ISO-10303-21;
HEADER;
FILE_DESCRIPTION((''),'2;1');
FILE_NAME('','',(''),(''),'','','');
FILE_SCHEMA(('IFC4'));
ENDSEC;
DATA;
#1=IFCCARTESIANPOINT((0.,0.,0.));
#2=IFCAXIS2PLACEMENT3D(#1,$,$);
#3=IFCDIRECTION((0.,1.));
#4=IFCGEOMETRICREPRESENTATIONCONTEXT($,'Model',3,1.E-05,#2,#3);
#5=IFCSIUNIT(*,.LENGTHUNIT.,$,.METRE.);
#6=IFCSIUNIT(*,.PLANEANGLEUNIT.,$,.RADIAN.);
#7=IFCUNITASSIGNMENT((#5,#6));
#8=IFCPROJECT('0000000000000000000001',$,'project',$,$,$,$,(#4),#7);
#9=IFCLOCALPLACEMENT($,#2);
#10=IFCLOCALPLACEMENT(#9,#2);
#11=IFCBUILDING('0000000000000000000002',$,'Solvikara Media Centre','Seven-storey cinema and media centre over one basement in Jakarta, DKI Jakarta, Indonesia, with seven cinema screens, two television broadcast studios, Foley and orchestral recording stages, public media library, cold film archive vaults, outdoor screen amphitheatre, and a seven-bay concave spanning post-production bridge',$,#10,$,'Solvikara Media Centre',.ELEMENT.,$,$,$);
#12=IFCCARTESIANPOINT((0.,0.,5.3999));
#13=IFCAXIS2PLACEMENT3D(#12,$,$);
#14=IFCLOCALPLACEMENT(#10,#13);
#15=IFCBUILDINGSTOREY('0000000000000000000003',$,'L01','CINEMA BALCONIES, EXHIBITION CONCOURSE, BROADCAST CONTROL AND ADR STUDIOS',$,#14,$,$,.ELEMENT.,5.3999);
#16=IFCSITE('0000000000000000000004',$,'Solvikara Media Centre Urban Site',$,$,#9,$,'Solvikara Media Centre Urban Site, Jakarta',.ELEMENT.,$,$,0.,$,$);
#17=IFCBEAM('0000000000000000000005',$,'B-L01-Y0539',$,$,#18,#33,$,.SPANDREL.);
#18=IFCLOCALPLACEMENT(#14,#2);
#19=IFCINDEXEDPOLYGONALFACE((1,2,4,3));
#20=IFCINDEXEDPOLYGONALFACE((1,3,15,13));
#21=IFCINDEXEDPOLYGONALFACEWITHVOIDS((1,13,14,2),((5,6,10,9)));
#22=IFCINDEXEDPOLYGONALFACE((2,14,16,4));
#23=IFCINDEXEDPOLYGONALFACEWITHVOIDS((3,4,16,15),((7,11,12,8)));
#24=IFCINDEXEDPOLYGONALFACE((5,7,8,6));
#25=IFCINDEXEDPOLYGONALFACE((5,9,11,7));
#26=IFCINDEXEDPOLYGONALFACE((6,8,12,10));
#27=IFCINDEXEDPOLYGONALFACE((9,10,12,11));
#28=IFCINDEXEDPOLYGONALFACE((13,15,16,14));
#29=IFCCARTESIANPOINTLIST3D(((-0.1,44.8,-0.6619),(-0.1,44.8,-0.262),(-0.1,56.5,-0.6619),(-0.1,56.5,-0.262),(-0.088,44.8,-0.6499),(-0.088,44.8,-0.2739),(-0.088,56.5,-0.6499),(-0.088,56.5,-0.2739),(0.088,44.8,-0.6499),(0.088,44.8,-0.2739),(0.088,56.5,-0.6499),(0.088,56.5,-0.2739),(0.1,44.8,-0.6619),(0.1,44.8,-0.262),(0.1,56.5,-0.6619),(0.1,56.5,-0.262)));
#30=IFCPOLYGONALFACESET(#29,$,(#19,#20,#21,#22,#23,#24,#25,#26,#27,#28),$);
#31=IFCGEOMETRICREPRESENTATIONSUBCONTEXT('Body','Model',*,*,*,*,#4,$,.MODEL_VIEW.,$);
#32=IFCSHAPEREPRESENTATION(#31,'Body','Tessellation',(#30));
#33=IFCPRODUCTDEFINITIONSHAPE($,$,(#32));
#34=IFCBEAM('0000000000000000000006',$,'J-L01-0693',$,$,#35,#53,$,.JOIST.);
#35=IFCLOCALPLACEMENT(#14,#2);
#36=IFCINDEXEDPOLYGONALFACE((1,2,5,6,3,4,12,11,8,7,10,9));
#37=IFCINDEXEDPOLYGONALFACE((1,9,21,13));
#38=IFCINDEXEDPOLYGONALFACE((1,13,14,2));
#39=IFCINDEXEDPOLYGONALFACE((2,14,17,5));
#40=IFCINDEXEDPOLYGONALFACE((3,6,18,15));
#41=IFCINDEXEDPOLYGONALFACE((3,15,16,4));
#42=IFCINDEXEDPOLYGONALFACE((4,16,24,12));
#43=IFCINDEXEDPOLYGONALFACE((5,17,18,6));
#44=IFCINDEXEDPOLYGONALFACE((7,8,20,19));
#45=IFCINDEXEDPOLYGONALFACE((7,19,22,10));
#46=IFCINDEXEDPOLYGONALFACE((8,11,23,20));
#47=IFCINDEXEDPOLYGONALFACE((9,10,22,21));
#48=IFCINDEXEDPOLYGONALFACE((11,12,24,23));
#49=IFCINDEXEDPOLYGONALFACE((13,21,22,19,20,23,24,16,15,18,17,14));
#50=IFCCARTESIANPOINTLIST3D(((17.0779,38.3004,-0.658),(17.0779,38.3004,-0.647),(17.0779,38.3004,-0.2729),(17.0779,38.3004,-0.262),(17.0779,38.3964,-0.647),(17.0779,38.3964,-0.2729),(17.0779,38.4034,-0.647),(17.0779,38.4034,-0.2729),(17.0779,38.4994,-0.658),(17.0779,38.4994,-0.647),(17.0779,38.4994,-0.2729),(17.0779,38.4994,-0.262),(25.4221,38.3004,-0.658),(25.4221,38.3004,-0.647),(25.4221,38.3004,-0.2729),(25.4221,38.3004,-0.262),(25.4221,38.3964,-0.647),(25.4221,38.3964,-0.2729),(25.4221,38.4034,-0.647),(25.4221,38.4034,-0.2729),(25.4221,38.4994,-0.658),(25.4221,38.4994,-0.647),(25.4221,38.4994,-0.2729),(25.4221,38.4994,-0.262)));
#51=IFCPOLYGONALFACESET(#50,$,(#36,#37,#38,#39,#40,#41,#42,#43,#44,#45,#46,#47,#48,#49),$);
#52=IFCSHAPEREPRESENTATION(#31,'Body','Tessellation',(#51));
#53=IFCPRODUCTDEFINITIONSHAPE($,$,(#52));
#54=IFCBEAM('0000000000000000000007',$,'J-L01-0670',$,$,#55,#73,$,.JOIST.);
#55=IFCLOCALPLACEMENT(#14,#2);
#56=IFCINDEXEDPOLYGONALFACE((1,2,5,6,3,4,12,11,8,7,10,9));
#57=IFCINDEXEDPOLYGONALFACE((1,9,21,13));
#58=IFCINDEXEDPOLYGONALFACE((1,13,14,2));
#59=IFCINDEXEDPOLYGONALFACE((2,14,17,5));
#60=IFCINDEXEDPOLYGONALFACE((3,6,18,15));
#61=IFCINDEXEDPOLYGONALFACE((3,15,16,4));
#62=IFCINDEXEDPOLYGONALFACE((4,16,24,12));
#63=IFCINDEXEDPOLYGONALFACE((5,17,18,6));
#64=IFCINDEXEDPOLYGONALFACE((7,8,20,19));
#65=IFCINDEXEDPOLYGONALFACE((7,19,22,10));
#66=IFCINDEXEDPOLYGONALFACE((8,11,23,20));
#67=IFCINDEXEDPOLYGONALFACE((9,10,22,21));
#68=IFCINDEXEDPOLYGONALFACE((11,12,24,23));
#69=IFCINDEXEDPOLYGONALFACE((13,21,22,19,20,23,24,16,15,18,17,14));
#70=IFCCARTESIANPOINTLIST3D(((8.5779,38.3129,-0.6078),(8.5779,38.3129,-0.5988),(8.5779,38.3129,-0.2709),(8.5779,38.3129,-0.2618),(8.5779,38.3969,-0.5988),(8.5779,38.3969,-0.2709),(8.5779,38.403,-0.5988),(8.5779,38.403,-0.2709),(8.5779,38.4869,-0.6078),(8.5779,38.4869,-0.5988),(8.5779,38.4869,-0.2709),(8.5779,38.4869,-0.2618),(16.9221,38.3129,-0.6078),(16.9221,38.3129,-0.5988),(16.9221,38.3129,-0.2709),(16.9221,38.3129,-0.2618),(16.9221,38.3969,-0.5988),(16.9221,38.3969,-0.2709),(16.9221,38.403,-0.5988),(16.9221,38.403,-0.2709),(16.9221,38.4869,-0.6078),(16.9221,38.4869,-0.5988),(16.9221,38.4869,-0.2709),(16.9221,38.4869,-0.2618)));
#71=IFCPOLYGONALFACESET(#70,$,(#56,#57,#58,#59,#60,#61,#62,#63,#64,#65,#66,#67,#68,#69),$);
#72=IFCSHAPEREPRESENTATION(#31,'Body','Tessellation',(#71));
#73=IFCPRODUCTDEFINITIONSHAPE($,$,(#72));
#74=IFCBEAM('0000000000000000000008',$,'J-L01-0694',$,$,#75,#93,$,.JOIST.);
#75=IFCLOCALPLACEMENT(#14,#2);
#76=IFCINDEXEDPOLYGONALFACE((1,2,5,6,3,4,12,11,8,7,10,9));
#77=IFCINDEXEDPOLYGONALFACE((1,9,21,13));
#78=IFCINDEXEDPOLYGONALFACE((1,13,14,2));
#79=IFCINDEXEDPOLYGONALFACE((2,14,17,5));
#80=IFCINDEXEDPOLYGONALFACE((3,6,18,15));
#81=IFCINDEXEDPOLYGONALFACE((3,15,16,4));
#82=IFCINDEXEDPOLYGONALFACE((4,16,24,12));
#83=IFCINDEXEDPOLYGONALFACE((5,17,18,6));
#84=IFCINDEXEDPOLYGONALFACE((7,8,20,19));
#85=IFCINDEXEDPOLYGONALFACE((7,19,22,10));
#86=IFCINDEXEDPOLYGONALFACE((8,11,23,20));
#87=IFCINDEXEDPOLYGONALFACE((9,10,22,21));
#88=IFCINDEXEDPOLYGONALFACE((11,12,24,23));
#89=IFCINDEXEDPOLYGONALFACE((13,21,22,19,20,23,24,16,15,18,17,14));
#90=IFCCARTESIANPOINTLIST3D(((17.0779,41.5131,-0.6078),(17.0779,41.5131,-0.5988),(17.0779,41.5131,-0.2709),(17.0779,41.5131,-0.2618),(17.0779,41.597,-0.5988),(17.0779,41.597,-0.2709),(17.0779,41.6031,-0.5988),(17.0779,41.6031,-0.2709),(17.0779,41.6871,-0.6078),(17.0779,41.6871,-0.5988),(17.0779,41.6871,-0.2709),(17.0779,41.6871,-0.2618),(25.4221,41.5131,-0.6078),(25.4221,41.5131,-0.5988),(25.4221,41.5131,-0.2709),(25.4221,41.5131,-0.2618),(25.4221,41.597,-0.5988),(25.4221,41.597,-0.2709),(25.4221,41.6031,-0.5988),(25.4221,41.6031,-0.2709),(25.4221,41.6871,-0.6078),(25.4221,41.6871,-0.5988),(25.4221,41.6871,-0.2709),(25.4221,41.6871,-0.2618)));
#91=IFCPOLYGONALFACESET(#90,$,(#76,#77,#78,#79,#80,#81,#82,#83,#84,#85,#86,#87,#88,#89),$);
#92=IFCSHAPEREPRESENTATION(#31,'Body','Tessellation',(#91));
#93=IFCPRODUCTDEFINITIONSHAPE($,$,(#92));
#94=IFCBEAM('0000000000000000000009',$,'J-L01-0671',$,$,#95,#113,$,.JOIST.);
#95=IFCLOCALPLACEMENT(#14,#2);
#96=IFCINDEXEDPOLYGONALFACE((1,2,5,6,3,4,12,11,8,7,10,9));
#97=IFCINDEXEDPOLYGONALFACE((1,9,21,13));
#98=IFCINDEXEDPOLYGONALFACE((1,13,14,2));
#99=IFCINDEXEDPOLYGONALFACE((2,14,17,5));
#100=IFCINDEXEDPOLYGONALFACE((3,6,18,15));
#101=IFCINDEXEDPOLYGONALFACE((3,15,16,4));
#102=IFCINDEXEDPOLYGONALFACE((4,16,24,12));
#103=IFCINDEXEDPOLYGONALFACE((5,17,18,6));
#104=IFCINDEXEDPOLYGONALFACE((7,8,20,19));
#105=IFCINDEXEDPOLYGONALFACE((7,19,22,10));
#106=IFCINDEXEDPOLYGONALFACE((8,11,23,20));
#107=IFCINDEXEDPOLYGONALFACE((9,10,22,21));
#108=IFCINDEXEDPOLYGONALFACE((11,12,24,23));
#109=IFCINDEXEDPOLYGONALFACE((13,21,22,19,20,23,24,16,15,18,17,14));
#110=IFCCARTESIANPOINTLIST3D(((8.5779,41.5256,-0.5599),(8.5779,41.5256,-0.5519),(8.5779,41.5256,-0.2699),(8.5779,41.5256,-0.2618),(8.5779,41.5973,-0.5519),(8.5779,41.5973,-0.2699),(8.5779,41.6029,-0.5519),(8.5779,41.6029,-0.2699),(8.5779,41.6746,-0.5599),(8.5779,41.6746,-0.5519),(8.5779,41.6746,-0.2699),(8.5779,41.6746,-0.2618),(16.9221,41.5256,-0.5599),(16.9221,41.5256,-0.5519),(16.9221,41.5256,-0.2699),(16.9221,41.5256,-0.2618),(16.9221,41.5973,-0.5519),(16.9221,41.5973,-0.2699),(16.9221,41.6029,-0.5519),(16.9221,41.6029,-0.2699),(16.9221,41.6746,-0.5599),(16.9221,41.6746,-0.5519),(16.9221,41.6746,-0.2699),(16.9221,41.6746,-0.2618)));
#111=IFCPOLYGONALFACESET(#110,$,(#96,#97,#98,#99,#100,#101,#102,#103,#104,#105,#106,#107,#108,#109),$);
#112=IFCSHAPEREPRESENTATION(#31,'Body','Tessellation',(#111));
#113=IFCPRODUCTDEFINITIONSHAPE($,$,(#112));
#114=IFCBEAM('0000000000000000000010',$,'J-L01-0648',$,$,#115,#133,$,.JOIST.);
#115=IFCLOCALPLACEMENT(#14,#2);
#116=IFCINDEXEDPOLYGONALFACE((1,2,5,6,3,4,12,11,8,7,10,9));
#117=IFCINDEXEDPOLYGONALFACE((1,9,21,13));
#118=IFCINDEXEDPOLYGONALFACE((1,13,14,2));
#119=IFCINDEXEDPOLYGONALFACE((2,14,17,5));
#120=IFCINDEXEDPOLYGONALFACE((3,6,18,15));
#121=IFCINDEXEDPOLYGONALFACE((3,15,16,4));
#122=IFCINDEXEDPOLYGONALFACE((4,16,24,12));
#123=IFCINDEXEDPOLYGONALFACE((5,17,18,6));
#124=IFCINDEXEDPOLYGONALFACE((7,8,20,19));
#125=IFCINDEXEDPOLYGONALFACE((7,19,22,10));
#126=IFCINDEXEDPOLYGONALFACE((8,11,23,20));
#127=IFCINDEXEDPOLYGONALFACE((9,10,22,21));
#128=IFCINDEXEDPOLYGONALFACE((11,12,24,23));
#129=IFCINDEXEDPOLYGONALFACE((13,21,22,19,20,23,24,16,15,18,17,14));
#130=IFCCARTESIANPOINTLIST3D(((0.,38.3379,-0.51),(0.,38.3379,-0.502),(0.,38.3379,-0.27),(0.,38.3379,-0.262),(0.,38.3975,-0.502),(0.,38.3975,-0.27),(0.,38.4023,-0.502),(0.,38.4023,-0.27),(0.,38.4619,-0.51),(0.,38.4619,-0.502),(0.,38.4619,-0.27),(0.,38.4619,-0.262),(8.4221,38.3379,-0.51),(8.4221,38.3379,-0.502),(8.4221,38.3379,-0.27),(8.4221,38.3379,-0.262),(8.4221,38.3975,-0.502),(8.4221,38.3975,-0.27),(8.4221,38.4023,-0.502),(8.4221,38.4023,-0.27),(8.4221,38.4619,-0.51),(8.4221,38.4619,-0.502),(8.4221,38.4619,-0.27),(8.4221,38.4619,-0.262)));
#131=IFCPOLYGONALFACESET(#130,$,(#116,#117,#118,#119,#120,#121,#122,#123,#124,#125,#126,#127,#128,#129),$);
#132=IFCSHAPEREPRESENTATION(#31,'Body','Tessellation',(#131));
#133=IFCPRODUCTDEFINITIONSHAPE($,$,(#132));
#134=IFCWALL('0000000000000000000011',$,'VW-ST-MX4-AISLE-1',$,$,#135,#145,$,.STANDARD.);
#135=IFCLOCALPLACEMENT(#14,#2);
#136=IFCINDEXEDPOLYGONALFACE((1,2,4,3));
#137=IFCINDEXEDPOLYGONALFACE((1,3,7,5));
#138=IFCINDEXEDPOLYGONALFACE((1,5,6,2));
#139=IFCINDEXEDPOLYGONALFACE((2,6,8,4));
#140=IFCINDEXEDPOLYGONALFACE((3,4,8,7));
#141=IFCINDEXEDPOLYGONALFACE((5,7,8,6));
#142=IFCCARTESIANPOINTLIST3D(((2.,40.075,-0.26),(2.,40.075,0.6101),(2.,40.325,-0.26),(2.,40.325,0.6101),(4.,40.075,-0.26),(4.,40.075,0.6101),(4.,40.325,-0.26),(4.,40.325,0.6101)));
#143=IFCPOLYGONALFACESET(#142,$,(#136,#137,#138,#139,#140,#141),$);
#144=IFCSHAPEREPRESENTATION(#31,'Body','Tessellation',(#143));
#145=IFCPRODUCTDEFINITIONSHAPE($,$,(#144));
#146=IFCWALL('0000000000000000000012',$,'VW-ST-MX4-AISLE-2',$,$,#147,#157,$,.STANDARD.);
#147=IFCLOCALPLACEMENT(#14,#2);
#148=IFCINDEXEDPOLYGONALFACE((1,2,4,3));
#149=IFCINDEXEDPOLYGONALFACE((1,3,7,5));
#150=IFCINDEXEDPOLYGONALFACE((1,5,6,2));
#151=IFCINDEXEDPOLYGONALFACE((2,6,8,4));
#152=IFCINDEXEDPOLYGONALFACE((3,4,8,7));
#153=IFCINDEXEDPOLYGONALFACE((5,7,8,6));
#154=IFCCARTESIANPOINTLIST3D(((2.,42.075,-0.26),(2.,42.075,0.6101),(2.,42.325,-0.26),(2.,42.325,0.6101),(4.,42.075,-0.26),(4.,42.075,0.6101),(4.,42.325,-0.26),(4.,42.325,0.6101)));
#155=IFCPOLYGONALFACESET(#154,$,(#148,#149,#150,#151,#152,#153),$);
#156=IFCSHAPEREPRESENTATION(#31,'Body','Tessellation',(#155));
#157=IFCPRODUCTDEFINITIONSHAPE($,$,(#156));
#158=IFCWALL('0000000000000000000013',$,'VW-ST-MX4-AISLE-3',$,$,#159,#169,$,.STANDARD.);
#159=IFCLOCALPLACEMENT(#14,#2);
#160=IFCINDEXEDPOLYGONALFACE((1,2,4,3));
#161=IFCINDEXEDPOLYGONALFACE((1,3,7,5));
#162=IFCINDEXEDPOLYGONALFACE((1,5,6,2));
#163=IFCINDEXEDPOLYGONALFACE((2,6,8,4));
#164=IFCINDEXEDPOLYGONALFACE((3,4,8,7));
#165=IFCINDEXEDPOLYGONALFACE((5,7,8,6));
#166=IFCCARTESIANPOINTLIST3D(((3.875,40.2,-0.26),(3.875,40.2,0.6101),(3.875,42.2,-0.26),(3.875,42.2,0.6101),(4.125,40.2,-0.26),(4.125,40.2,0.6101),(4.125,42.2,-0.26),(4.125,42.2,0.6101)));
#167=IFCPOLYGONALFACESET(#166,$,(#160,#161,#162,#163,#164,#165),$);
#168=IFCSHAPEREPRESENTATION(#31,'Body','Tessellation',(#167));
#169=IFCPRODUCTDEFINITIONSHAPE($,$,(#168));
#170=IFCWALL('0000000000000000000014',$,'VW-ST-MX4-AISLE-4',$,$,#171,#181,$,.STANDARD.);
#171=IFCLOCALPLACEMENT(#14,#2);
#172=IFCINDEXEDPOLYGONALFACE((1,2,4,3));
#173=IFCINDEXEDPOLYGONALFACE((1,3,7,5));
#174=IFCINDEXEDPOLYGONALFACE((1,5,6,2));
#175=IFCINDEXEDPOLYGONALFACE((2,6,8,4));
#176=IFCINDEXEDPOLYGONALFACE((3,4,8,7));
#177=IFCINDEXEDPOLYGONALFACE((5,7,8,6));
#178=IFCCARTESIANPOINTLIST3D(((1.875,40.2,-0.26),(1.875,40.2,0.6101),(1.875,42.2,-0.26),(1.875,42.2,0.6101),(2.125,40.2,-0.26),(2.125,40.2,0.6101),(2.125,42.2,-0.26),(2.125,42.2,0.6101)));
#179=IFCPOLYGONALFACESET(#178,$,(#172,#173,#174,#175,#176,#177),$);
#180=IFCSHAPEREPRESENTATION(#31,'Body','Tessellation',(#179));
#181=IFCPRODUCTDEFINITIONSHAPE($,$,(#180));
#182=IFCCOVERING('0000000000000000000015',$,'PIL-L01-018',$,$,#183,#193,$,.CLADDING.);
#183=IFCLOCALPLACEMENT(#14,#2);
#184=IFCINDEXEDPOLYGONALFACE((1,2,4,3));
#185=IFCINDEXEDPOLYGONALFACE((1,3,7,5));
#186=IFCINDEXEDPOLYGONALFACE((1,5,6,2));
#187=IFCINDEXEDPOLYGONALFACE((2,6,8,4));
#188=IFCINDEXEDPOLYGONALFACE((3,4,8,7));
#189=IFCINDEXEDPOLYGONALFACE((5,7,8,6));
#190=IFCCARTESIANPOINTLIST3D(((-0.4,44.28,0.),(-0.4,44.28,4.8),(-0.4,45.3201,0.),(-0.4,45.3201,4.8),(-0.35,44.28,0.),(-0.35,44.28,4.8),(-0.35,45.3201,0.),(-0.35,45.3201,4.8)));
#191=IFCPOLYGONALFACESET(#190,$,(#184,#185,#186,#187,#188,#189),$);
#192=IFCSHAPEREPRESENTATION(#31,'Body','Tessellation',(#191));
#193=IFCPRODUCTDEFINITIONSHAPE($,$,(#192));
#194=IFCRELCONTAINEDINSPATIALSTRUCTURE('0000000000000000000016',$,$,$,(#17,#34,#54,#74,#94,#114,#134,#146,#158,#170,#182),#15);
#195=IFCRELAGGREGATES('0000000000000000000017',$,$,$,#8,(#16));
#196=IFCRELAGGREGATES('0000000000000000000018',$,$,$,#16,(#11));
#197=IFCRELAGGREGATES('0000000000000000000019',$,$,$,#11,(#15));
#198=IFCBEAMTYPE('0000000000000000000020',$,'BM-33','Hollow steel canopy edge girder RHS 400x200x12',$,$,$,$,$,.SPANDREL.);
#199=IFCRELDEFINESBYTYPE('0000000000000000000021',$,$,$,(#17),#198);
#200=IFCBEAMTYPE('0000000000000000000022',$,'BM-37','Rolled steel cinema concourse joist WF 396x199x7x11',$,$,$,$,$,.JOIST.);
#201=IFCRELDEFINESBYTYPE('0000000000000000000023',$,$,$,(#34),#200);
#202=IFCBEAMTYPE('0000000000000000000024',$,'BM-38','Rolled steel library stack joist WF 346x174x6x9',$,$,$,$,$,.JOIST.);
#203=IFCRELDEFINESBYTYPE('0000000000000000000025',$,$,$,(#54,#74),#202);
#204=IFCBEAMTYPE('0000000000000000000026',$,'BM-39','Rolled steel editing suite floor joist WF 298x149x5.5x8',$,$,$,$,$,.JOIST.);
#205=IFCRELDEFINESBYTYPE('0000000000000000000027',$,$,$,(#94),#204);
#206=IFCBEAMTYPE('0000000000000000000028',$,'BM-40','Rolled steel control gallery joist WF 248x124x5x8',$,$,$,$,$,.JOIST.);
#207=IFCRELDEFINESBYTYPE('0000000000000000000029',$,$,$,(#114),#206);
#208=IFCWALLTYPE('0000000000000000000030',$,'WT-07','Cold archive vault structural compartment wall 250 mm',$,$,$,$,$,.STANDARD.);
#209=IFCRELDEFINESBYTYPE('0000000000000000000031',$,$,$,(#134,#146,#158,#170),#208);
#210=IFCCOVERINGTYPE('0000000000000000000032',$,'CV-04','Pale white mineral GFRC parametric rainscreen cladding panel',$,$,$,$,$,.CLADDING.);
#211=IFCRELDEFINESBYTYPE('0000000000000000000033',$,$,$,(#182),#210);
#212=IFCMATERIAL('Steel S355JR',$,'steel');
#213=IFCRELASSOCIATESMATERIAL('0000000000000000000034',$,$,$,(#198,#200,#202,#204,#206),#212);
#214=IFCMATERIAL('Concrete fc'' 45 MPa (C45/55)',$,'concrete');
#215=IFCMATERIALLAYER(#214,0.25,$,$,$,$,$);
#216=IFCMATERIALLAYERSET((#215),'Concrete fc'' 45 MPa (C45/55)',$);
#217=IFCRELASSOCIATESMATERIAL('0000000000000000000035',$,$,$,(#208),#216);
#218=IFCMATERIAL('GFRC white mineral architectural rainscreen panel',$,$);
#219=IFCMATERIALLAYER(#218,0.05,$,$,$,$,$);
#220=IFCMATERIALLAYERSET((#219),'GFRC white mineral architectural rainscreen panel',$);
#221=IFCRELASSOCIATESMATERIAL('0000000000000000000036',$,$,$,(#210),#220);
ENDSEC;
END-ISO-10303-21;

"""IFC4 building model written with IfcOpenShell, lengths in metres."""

from ifc_helpers import new_model, si_unit, direction, frame, frame_2d, origin, origin_2d, place, context, subcontext, project, spatial, rectangle, hollow_rectangle, i_section, extrude, material, layer, layer_set, material_profile, profile_set, type_object, element, save


model = new_model("IFC4")

# Units and contexts
model_context = context("Model", 3, precision=1e-05, world=origin(), true_north=direction((0.0, 1.0)))
body_context = subcontext(model_context, "Body", "Model", "MODEL_VIEW")
ifc_project = project(units=[si_unit("LENGTHUNIT", "METRE"), si_unit("PLANEANGLEUNIT", "RADIAN")], contexts=[model_context])

# Site, building, storey
site_placement = place(None, origin())
site = spatial("IfcSite", under=ifc_project, at=site_placement, Name="Solvikara Media Centre Urban Site", LongName="Solvikara Media Centre Urban Site, Jakarta", CompositionType="ELEMENT", RefElevation=0.0)
building_placement = place(site_placement, origin())
building = spatial("IfcBuilding", under=site, at=building_placement, Name="Solvikara Media Centre", Description="Seven-storey cinema and media centre over one basement in Jakarta, DKI Jakarta, Indonesia, with seven cinema screens, two television broadcast studios, Foley and orchestral recording stages, public media library, cold film archive vaults, outdoor screen amphitheatre, and a seven-bay concave spanning post-production bridge", LongName="Solvikara Media Centre", CompositionType="ELEMENT")
storey_placement = place(building_placement, frame((0.0, 0.0, 5.3999)))
storey = spatial("IfcBuildingStorey", under=building, at=storey_placement, Name="L01", Description="CINEMA BALCONIES, EXHIBITION CONCOURSE, BROADCAST CONTROL AND ADR STUDIOS", CompositionType="ELEMENT", Elevation=5.3999)

# Shared definitions
ifc_material_1 = material(Name="Concrete fc' 45 MPa (C45/55)", Category="concrete")

# Beams
ifc_material_2 = material(Name="Steel S355JR", Category="steel")
ifc_material_profile_1 = material_profile(ifc_material_2, hollow_rectangle(XDim=0.2, YDim=0.3999, WallThickness=0.012, at=origin_2d()), Name="RHS 400x200x12")
ifc_profile_set_1 = profile_set([ifc_material_profile_1], Name="Steel S355JR")
beam_type_1 = type_object("IfcBeamType", Name="BM-33", Description="Hollow steel canopy edge girder RHS 400x200x12", PredefinedType="SPANDREL", material=ifc_profile_set_1)
beam_1_placement = place(storey_placement, frame((0.0, 44.8, -0.4619), z_axis=(0.0, 1.0, 0.0), x_axis=(-1.0, 0.0, 0.0)))
element("IfcBeam", 1, at=beam_1_placement, inside=storey, type_object=beam_type_1, Name="B-L01-Y0539", PredefinedType="SPANDREL", context=body_context, shape_type="SweptSolid", body=[
    extrude(hollow_rectangle(XDim=0.2, YDim=0.3999, WallThickness=0.012, at=origin_2d()), origin(), (0.0, 0.0, 1.0), 11.7),
])
ifc_material_profile_2 = material_profile(ifc_material_2, i_section(OverallWidth=0.199, OverallDepth=0.396, WebThickness=0.0071, FlangeThickness=0.011, at=origin_2d()), Name="WF 396x199x7x11")
ifc_profile_set_2 = profile_set([ifc_material_profile_2], Name="Steel S355JR")
beam_type_2 = type_object("IfcBeamType", Name="BM-37", Description="Rolled steel cinema concourse joist WF 396x199x7x11", PredefinedType="JOIST", material=ifc_profile_set_2)
beam_2_placement = place(storey_placement, frame((17.0779, 38.3999, -0.46), z_axis=(1.0, 0.0, 0.0), x_axis=(0.0, 1.0, 0.0)))
element("IfcBeam", 2, at=beam_2_placement, inside=storey, type_object=beam_type_2, Name="J-L01-0693", PredefinedType="JOIST", context=body_context, shape_type="SweptSolid", body=[
    extrude(i_section(OverallWidth=0.199, OverallDepth=0.396, WebThickness=0.0071, FlangeThickness=0.011, at=origin_2d()), origin(), (0.0, 0.0, 1.0), 8.3442),
])
ifc_material_profile_3 = material_profile(ifc_material_2, i_section(OverallWidth=0.1741, OverallDepth=0.3459, WebThickness=0.0061, FlangeThickness=0.009, at=origin_2d()), Name="WF 346x174x6x9")
ifc_profile_set_3 = profile_set([ifc_material_profile_3], Name="Steel S355JR")
beam_type_3 = type_object("IfcBeamType", Name="BM-38", Description="Rolled steel library stack joist WF 346x174x6x9", PredefinedType="JOIST", material=ifc_profile_set_3)
for number, where, z_axis, x_axis, name in (
    (3, (8.5779, 38.3999, -0.4348), (1.0, 0.0, 0.0), (0.0, 1.0, 0.0), "J-L01-0670"),
    (4, (17.0779, 41.6001, -0.4348), (1.0, 0.0, 0.0), (0.0, 1.0, 0.0), "J-L01-0694"),
):
    element("IfcBeam", number, at=place(storey_placement, frame(where, z_axis=z_axis, x_axis=x_axis)), inside=storey, type_object=beam_type_3, Name=name, PredefinedType="JOIST", context=body_context, shape_type="SweptSolid", body=[
        extrude(i_section(OverallWidth=0.1741, OverallDepth=0.3459, WebThickness=0.0061, FlangeThickness=0.009, at=origin_2d()), origin(), (0.0, 0.0, 1.0), 8.3442),
    ])
ifc_material_profile_4 = material_profile(ifc_material_2, i_section(OverallWidth=0.1489, OverallDepth=0.2981, WebThickness=0.0056, FlangeThickness=0.0081, at=origin_2d()), Name="WF 298x149x5.5x8")
ifc_profile_set_4 = profile_set([ifc_material_profile_4], Name="Steel S355JR")
beam_type_4 = type_object("IfcBeamType", Name="BM-39", Description="Rolled steel editing suite floor joist WF 298x149x5.5x8", PredefinedType="JOIST", material=ifc_profile_set_4)
beam_3_placement = place(storey_placement, frame((8.5779, 41.6001, -0.4109), z_axis=(1.0, 0.0, 0.0), x_axis=(0.0, 1.0, 0.0)))
element("IfcBeam", 5, at=beam_3_placement, inside=storey, type_object=beam_type_4, Name="J-L01-0671", PredefinedType="JOIST", context=body_context, shape_type="SweptSolid", body=[
    extrude(i_section(OverallWidth=0.1489, OverallDepth=0.2981, WebThickness=0.0056, FlangeThickness=0.0081, at=origin_2d()), origin(), (0.0, 0.0, 1.0), 8.3442),
])
ifc_material_profile_5 = material_profile(ifc_material_2, i_section(OverallWidth=0.124, OverallDepth=0.248, WebThickness=0.0049, FlangeThickness=0.0081, at=origin_2d()), Name="WF 248x124x5x8")
ifc_profile_set_5 = profile_set([ifc_material_profile_5], Name="Steel S355JR")
beam_type_5 = type_object("IfcBeamType", Name="BM-40", Description="Rolled steel control gallery joist WF 248x124x5x8", PredefinedType="JOIST", material=ifc_profile_set_5)
beam_4_placement = place(storey_placement, frame((0.0, 38.3999, -0.386), z_axis=(1.0, 0.0, 0.0), x_axis=(0.0, 1.0, 0.0)))
element("IfcBeam", 6, at=beam_4_placement, inside=storey, type_object=beam_type_5, Name="J-L01-0648", PredefinedType="JOIST", context=body_context, shape_type="SweptSolid", body=[
    extrude(i_section(OverallWidth=0.124, OverallDepth=0.248, WebThickness=0.0049, FlangeThickness=0.0081, at=origin_2d()), origin(), (0.0, 0.0, 1.0), 8.4221),
])

# Walls
ifc_layer_1 = layer(ifc_material_1, 0.25)
ifc_layer_set_1 = layer_set([ifc_layer_1], Name="Concrete fc' 45 MPa (C45/55)")
wall_type = type_object("IfcWallType", Name="WT-07", Description="Cold archive vault structural compartment wall 250 mm", PredefinedType="STANDARD", material=ifc_layer_set_1)
for number, where, z_axis, x_axis, name in (
    (7, (2.0, 40.2, -0.26), (0.0, 0.0, 1.0), (1.0, 0.0, 0.0), "VW-ST-MX4-AISLE-1"),
    (8, (2.0, 42.2, -0.26), (0.0, 0.0, 1.0), (1.0, 0.0, 0.0), "VW-ST-MX4-AISLE-2"),
    (9, (4.0, 40.2, -0.26), (0.0, 0.0, 1.0), (0.0, 1.0, 0.0), "VW-ST-MX4-AISLE-3"),
    (10, (2.0, 40.2, -0.26), (0.0, 0.0, 1.0), (0.0, 1.0, 0.0), "VW-ST-MX4-AISLE-4"),
):
    element("IfcWall", number, at=place(storey_placement, frame(where, z_axis=z_axis, x_axis=x_axis)), inside=storey, type_object=wall_type, Name=name, PredefinedType="STANDARD", context=body_context, shape_type="SweptSolid", body=[
        extrude(rectangle(XDim=2.0, YDim=0.25, at=frame_2d((1.0, 0.0))), origin(), (0.0, 0.0, 1.0), 0.8701),
    ])

# Covering
ifc_material_3 = material(Name="GFRC white mineral architectural rainscreen panel")
ifc_layer_2 = layer(ifc_material_3, 0.05)
ifc_layer_set_2 = layer_set([ifc_layer_2], Name="GFRC white mineral architectural rainscreen panel")
covering_type = type_object("IfcCoveringType", Name="CV-04", Description="Pale white mineral GFRC parametric rainscreen cladding panel", PredefinedType="CLADDING", material=ifc_layer_set_2)
covering_placement = place(storey_placement, frame((-0.375, 44.8, 0.0), z_axis=(0.0, 0.0, 1.0), x_axis=(0.0, -1.0, 0.0)))
element("IfcCovering", 11, at=covering_placement, inside=storey, type_object=covering_type, Name="PIL-L01-018", PredefinedType="CLADDING", context=body_context, shape_type="SweptSolid", body=[
    extrude(rectangle(XDim=1.04, YDim=0.05, at=origin_2d()), origin(), (0.0, 0.0, 1.0), 4.8),
])

save(model, "model.ifc")
